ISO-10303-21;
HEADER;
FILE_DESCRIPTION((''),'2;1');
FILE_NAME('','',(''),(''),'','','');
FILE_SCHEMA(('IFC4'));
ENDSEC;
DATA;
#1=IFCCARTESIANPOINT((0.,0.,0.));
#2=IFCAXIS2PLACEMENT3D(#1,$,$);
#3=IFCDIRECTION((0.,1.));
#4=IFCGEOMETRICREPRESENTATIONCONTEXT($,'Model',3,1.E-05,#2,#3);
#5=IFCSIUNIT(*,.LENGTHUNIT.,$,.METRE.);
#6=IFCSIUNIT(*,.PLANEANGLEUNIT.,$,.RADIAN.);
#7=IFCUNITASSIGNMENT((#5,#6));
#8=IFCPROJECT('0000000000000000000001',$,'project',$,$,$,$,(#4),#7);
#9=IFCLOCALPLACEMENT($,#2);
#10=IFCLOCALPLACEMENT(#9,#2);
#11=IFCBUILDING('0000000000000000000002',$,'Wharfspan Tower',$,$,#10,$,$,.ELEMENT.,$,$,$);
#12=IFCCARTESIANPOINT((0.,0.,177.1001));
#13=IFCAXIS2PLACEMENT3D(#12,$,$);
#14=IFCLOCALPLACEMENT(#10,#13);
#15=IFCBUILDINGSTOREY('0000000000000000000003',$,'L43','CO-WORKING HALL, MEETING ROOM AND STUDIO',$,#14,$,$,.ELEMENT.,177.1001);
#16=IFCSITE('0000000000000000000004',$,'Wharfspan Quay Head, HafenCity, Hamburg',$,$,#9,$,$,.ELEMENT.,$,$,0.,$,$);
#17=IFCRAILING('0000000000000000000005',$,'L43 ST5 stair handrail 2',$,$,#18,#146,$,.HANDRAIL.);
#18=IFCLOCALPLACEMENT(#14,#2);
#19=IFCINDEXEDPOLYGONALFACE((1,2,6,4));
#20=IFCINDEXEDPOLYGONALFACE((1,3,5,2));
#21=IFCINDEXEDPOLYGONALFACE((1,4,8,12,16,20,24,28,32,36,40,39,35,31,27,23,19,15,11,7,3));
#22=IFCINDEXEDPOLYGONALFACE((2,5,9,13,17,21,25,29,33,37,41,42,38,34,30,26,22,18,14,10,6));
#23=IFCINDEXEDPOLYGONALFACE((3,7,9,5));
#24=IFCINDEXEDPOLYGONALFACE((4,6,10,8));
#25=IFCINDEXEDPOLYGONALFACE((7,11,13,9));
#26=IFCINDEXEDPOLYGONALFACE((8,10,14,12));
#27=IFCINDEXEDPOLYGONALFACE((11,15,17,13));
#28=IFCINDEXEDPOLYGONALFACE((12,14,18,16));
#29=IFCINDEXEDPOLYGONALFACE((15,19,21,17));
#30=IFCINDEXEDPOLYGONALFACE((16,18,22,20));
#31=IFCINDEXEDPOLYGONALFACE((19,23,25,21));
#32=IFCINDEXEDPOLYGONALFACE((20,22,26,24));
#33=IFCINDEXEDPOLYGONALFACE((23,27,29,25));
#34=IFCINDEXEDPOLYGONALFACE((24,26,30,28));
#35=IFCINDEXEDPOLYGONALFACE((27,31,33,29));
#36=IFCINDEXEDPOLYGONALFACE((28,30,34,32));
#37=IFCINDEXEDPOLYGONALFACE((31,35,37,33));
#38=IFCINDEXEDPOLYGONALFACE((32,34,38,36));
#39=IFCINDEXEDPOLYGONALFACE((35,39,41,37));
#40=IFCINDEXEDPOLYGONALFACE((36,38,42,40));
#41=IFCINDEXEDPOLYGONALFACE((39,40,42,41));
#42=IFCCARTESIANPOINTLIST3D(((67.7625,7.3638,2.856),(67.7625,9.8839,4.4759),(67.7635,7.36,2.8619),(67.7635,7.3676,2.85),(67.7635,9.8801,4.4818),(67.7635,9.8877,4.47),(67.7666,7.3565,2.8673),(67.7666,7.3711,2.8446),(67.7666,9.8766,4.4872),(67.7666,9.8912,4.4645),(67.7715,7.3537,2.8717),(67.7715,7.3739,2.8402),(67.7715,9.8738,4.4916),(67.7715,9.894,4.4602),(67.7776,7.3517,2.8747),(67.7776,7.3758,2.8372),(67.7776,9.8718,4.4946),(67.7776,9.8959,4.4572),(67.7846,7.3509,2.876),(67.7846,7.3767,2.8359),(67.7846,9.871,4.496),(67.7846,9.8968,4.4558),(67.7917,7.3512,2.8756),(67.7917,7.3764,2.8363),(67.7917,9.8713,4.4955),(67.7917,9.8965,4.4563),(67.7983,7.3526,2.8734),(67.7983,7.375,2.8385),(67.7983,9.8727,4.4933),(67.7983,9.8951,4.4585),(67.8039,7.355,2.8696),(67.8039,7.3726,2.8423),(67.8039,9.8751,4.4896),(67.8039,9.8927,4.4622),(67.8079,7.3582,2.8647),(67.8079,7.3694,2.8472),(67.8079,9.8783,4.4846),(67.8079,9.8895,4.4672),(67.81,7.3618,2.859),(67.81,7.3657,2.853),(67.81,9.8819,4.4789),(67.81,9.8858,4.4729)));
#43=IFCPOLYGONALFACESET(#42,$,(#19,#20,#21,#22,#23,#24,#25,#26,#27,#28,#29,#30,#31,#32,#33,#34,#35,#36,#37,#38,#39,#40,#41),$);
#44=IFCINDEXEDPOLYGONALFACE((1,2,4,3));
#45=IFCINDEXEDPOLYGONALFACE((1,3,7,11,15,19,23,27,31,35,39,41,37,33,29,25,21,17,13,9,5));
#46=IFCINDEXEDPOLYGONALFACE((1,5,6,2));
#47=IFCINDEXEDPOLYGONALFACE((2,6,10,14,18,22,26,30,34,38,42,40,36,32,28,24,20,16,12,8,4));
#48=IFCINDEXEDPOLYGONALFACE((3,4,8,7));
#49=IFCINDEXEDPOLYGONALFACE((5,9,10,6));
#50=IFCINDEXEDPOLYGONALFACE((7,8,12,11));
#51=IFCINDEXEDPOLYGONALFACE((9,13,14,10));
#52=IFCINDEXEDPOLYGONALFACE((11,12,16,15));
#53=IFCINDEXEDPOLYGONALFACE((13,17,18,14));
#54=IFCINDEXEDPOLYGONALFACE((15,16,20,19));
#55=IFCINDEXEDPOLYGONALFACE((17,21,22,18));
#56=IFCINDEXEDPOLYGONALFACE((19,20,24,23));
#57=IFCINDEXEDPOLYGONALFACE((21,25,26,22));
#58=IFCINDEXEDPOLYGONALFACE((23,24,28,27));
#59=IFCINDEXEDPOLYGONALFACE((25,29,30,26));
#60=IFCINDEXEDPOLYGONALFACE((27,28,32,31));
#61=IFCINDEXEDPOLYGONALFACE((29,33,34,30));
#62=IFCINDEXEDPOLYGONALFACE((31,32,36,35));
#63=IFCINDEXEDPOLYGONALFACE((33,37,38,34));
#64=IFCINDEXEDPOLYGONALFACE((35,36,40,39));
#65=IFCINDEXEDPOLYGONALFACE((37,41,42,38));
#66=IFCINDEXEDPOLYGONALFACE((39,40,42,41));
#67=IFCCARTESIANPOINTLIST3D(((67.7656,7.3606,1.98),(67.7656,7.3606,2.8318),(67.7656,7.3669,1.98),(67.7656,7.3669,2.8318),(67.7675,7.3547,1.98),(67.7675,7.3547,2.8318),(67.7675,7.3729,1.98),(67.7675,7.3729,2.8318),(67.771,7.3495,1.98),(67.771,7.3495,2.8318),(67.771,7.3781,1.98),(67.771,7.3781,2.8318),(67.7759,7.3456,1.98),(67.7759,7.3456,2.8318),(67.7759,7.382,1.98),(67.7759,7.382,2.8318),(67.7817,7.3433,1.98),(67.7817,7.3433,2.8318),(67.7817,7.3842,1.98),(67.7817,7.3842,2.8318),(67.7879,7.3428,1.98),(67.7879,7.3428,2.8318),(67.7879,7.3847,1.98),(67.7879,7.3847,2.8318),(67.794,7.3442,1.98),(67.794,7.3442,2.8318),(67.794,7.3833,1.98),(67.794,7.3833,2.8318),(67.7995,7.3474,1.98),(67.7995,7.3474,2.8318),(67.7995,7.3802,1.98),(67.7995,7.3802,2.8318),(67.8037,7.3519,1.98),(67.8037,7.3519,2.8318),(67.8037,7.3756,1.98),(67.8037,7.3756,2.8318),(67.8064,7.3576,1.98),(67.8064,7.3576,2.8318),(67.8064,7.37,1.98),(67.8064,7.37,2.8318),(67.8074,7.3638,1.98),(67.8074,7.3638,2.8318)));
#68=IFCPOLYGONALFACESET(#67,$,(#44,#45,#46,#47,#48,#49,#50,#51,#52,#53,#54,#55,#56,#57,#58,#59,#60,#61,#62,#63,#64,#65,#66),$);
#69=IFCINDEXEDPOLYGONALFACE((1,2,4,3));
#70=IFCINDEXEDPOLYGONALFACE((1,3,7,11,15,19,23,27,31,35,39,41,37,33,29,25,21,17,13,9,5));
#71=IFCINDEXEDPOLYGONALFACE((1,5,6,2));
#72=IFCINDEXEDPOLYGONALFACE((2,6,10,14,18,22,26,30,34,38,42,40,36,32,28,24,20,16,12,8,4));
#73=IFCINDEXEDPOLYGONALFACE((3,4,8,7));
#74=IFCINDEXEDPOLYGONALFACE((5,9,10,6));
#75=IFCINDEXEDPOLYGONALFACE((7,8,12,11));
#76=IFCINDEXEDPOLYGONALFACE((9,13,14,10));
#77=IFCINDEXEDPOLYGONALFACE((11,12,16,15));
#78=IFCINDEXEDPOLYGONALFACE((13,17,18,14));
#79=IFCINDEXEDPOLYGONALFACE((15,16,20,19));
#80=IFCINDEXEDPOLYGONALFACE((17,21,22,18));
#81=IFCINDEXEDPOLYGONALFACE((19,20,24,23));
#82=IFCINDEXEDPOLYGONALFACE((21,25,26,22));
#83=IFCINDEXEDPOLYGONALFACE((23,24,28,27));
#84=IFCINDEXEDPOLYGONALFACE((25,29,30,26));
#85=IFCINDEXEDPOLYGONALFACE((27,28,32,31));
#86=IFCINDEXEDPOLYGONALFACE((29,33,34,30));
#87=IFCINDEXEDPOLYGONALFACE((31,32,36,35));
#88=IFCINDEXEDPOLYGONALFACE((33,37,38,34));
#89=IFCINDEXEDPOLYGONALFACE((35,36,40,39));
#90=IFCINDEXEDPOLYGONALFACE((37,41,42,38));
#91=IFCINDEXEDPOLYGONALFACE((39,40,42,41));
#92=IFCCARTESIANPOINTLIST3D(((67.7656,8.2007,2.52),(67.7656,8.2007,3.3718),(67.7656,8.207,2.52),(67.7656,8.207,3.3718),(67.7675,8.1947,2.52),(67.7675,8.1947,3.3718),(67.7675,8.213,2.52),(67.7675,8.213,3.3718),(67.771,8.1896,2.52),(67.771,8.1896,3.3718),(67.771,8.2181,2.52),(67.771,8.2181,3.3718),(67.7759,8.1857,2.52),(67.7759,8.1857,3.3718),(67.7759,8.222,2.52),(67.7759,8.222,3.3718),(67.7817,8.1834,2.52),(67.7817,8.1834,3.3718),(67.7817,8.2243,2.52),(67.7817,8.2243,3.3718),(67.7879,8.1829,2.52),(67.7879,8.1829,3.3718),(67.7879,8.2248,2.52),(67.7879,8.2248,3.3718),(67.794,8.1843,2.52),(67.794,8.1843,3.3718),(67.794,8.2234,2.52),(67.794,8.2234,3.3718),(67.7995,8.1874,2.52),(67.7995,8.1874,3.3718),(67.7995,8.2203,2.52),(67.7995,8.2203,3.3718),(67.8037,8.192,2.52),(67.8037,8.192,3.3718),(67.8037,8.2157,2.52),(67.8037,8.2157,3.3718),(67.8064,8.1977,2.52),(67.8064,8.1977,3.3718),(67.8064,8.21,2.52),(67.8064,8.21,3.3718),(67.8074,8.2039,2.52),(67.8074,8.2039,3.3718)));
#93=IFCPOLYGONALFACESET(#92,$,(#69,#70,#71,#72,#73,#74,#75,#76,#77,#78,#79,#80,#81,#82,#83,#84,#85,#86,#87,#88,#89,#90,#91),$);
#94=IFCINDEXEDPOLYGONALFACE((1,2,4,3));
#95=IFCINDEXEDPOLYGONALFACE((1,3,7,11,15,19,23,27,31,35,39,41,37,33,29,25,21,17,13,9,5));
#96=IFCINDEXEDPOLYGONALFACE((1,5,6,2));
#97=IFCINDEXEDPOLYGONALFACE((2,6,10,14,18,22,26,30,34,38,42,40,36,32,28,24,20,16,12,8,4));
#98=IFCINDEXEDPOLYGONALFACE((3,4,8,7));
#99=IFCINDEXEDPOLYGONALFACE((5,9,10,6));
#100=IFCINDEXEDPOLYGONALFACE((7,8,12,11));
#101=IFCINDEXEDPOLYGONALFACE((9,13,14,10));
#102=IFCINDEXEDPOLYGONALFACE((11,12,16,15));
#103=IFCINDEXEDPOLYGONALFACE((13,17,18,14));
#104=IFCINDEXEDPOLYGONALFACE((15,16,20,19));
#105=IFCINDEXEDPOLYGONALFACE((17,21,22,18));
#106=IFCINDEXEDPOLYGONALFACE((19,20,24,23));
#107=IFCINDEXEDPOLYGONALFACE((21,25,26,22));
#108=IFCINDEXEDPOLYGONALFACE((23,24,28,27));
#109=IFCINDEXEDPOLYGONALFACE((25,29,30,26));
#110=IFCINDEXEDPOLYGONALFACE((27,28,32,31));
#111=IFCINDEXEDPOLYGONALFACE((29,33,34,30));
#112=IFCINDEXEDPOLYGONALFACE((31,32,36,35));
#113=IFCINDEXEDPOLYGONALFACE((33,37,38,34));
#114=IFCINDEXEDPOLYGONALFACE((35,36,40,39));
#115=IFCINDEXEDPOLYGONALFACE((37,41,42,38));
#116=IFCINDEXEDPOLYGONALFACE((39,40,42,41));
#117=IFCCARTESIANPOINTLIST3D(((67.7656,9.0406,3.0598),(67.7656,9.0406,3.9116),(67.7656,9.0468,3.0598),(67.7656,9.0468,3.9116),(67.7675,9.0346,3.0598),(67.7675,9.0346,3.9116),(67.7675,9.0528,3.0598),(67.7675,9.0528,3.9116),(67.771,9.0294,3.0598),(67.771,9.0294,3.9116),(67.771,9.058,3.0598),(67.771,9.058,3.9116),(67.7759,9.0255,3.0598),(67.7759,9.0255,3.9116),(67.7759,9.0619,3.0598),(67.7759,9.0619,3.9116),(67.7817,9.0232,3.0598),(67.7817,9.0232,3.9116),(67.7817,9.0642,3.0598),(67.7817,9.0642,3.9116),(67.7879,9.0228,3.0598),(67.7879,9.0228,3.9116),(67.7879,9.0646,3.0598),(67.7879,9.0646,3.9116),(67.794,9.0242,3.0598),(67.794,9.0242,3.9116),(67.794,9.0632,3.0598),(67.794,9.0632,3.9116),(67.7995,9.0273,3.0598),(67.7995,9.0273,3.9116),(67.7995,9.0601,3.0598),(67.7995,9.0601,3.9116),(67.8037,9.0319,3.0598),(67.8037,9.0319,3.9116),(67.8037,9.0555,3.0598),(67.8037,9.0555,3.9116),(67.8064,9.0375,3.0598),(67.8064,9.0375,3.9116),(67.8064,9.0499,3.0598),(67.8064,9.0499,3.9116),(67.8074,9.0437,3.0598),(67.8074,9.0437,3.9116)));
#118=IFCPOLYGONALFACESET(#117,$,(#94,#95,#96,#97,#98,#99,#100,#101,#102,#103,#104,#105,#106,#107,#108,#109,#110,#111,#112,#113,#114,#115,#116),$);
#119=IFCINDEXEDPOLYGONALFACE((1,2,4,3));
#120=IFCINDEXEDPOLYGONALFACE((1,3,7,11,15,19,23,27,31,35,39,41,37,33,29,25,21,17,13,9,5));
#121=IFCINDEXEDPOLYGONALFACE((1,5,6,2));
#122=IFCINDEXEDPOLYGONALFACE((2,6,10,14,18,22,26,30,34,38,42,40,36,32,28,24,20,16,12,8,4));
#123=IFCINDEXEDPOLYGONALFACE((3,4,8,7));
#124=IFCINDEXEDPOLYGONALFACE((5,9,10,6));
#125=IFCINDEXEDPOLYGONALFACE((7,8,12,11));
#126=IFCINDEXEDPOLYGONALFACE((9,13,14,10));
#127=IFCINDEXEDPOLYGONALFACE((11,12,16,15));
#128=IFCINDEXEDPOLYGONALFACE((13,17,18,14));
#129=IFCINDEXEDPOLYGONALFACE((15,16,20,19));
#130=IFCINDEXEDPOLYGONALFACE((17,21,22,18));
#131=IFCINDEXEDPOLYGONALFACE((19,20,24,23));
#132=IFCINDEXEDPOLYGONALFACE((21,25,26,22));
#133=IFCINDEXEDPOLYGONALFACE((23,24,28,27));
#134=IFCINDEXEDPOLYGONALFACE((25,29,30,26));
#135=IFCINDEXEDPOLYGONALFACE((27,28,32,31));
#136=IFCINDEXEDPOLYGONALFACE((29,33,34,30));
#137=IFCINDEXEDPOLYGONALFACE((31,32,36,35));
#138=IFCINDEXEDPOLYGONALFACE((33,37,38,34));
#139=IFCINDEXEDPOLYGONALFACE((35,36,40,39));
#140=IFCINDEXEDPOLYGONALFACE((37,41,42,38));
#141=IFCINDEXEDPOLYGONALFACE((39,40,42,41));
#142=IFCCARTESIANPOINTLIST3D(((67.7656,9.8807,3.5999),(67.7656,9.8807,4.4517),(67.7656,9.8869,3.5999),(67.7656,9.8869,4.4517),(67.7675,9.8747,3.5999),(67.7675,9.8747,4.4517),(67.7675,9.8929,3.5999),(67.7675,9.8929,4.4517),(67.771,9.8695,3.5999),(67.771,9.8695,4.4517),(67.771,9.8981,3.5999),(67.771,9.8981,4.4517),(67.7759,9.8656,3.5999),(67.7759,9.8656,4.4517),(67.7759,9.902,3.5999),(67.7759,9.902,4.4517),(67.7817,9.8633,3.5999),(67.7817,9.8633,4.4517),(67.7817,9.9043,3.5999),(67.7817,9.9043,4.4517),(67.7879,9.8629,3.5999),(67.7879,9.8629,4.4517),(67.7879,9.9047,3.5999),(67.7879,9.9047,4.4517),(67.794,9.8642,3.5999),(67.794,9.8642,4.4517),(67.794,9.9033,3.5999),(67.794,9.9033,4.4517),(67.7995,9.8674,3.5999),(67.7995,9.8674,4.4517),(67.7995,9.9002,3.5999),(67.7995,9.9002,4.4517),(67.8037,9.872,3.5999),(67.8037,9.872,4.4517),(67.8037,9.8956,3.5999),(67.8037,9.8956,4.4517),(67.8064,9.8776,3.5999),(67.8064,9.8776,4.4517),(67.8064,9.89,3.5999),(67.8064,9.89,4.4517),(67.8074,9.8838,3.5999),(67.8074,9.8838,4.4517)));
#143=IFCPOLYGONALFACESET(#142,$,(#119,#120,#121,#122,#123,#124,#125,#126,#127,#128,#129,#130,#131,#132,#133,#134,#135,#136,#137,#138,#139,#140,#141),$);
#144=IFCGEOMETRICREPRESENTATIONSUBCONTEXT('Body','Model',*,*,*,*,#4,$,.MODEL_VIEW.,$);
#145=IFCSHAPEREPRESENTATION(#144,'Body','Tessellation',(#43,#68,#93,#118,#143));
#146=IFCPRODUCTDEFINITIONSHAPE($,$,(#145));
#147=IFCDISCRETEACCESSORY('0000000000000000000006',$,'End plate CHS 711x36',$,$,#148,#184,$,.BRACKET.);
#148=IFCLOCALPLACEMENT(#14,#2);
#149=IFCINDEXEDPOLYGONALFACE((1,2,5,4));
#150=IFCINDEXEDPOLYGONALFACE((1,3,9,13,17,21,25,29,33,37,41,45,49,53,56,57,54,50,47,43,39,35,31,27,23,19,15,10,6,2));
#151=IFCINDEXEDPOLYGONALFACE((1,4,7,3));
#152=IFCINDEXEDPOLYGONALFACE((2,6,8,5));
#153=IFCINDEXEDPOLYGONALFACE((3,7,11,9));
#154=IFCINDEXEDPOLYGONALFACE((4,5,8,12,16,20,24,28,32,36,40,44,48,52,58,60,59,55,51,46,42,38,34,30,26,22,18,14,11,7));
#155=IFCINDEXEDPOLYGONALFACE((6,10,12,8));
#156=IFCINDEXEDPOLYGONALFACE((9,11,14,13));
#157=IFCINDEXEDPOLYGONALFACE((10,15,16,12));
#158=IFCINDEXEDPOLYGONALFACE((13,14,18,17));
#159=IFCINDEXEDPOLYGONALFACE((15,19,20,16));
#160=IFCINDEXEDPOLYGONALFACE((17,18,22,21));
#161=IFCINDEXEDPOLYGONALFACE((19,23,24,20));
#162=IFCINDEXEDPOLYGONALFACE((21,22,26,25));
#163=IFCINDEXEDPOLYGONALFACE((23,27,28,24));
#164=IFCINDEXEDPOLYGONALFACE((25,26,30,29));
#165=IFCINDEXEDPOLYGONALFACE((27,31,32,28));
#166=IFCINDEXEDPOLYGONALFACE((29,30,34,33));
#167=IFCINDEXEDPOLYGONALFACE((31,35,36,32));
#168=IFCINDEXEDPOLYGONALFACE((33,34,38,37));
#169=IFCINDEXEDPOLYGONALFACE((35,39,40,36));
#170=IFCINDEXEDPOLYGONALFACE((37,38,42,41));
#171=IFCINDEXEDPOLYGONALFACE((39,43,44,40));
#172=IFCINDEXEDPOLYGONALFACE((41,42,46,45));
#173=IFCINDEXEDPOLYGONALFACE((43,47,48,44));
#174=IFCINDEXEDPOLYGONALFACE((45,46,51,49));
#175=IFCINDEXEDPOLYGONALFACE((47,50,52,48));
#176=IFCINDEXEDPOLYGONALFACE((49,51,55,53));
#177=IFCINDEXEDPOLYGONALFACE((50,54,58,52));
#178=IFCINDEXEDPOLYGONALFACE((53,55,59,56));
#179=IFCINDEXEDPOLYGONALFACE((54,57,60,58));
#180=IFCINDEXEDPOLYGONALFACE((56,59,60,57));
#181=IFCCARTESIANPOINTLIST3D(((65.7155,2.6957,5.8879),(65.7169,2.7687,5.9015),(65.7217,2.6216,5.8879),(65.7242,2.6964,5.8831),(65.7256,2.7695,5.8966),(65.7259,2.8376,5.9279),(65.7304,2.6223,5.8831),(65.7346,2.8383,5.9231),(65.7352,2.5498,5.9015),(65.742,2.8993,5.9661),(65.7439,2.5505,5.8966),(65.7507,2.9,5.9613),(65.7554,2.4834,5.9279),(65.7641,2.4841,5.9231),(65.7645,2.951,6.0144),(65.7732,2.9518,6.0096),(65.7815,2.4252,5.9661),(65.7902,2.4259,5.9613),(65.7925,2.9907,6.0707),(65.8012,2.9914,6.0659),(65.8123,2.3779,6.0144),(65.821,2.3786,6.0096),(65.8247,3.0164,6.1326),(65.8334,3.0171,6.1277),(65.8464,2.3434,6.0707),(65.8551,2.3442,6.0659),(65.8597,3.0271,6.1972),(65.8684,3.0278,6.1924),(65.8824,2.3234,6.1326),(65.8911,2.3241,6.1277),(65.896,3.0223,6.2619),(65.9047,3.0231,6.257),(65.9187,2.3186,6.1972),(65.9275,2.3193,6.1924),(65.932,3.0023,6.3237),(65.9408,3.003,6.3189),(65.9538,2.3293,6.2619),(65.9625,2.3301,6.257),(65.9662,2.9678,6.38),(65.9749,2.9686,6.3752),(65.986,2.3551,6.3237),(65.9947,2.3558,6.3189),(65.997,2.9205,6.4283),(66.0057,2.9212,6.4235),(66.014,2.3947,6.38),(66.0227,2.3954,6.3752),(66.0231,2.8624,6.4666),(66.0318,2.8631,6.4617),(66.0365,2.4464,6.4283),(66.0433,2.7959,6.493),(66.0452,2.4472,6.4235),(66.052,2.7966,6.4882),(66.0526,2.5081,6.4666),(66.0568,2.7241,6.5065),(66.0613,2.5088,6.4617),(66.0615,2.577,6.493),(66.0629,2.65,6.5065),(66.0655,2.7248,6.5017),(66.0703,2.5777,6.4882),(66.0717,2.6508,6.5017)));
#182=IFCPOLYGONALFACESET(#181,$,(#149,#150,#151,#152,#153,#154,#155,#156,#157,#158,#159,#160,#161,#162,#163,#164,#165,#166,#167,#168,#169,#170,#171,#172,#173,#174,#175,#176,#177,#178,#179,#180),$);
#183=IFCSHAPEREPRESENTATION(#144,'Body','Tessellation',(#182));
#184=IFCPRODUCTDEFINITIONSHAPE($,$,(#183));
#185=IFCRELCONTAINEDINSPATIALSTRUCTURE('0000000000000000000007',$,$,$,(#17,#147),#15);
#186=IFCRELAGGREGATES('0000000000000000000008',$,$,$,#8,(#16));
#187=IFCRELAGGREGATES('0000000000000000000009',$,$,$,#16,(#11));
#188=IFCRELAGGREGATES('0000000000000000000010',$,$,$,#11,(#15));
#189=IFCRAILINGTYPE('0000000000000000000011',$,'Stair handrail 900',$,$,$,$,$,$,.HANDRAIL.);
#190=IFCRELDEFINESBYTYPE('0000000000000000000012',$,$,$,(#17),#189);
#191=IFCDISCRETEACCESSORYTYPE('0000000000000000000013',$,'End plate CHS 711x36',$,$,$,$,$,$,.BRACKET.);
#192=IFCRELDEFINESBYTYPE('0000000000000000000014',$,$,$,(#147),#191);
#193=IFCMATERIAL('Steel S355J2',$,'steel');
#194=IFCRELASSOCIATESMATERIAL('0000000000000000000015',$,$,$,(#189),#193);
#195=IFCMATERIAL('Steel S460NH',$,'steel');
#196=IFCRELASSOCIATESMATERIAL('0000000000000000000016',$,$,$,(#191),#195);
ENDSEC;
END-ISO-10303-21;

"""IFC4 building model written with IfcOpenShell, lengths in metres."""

from ifc_helpers import new_model, si_unit, direction, frame, origin, origin_2d, place, context, subcontext, project, spatial, circle, extrude, material, material_profile, profile_set, type_object, element, save


model = new_model("IFC4")

# Units and contexts
model_context = context("Model", 3, precision=1e-05, world=origin(), true_north=direction((0.0, 1.0)))
body_context = subcontext(model_context, "Body", "Model", "MODEL_VIEW")
ifc_project = project(units=[si_unit("LENGTHUNIT", "METRE"), si_unit("PLANEANGLEUNIT", "RADIAN")], contexts=[model_context])

# Site, building, storey
site_placement = place(None, origin())
site = spatial("IfcSite", under=ifc_project, at=site_placement, Name="Wharfspan Quay Head, HafenCity, Hamburg", CompositionType="ELEMENT", RefElevation=0.0)
building_placement = place(site_placement, origin())
building = spatial("IfcBuilding", under=site, at=building_placement, Name="Wharfspan Tower", CompositionType="ELEMENT")
storey_placement = place(building_placement, frame((0.0, 0.0, 177.1001)))
storey = spatial("IfcBuildingStorey", under=building, at=storey_placement, Name="L43", Description="CO-WORKING HALL, MEETING ROOM AND STUDIO", CompositionType="ELEMENT", Elevation=177.1001)

# Shared definitions
ifc_material_1 = material(Name="Steel S355J2", Category="steel")

# Shared definitions
ifc_material_2 = material(Name="Steel S460NH", Category="steel")

# Railing
railing_type = type_object("IfcRailingType", Name="Stair handrail 900", PredefinedType="HANDRAIL", material=ifc_material_1)
railing_placement = place(storey_placement, frame((67.7864, 7.3638, 1.98)))
element("IfcRailing", 1, at=railing_placement, inside=storey, type_object=railing_type, Name="L43 ST5 stair handrail 2", PredefinedType="HANDRAIL", context=body_context, shape_type="SweptSolid", body=[
    extrude(circle(Radius=0.0239, at=origin_2d()), frame((0.0, 0.0, 0.876), z_axis=(0.0, 0.8412, 0.540725), x_axis=(-1.0, 0.0, 0.0)), (0.0, 0.0, 1.0), 2.9958),
    extrude(circle(Radius=0.021, at=origin_2d()), origin(), (0.0, 0.0, 1.0), 0.8518),
    extrude(circle(Radius=0.021, at=origin_2d()), frame((0.0, 0.8401, 0.54)), (0.0, 0.0, 1.0), 0.8518),
    extrude(circle(Radius=0.021, at=origin_2d()), frame((0.0, 1.6799, 1.0798)), (0.0, 0.0, 1.0), 0.8518),
    extrude(circle(Radius=0.021, at=origin_2d()), frame((0.0, 2.52, 1.6199)), (0.0, 0.0, 1.0), 0.8518),
])

# Discrete accessory
ifc_material_profile_1 = material_profile(ifc_material_2, circle(Radius=0.3555, at=origin_2d()))
ifc_profile_set_1 = profile_set([ifc_material_profile_1], Name="Steel S460NH")
discrete_accessory_type = type_object("IfcDiscreteAccessoryType", Name="End plate CHS 711x36", PredefinedType="BRACKET", material=ifc_profile_set_1)
discrete_accessory_placement = place(storey_placement, frame((65.8979, 2.6736, 6.1924), z_axis=(-0.871847, -0.072654, 0.484359), x_axis=(0.083044, -0.996547, -0.000003)))
element("IfcDiscreteAccessory", 2, at=discrete_accessory_placement, inside=storey, type_object=discrete_accessory_type, Name="End plate CHS 711x36", PredefinedType="BRACKET", context=body_context, shape_type="SweptSolid", body=[
    extrude(circle(Radius=0.3555, at=origin_2d()), origin(), (0.0, 0.0, 1.0), 0.01),
])

save(model, "model.ifc")
